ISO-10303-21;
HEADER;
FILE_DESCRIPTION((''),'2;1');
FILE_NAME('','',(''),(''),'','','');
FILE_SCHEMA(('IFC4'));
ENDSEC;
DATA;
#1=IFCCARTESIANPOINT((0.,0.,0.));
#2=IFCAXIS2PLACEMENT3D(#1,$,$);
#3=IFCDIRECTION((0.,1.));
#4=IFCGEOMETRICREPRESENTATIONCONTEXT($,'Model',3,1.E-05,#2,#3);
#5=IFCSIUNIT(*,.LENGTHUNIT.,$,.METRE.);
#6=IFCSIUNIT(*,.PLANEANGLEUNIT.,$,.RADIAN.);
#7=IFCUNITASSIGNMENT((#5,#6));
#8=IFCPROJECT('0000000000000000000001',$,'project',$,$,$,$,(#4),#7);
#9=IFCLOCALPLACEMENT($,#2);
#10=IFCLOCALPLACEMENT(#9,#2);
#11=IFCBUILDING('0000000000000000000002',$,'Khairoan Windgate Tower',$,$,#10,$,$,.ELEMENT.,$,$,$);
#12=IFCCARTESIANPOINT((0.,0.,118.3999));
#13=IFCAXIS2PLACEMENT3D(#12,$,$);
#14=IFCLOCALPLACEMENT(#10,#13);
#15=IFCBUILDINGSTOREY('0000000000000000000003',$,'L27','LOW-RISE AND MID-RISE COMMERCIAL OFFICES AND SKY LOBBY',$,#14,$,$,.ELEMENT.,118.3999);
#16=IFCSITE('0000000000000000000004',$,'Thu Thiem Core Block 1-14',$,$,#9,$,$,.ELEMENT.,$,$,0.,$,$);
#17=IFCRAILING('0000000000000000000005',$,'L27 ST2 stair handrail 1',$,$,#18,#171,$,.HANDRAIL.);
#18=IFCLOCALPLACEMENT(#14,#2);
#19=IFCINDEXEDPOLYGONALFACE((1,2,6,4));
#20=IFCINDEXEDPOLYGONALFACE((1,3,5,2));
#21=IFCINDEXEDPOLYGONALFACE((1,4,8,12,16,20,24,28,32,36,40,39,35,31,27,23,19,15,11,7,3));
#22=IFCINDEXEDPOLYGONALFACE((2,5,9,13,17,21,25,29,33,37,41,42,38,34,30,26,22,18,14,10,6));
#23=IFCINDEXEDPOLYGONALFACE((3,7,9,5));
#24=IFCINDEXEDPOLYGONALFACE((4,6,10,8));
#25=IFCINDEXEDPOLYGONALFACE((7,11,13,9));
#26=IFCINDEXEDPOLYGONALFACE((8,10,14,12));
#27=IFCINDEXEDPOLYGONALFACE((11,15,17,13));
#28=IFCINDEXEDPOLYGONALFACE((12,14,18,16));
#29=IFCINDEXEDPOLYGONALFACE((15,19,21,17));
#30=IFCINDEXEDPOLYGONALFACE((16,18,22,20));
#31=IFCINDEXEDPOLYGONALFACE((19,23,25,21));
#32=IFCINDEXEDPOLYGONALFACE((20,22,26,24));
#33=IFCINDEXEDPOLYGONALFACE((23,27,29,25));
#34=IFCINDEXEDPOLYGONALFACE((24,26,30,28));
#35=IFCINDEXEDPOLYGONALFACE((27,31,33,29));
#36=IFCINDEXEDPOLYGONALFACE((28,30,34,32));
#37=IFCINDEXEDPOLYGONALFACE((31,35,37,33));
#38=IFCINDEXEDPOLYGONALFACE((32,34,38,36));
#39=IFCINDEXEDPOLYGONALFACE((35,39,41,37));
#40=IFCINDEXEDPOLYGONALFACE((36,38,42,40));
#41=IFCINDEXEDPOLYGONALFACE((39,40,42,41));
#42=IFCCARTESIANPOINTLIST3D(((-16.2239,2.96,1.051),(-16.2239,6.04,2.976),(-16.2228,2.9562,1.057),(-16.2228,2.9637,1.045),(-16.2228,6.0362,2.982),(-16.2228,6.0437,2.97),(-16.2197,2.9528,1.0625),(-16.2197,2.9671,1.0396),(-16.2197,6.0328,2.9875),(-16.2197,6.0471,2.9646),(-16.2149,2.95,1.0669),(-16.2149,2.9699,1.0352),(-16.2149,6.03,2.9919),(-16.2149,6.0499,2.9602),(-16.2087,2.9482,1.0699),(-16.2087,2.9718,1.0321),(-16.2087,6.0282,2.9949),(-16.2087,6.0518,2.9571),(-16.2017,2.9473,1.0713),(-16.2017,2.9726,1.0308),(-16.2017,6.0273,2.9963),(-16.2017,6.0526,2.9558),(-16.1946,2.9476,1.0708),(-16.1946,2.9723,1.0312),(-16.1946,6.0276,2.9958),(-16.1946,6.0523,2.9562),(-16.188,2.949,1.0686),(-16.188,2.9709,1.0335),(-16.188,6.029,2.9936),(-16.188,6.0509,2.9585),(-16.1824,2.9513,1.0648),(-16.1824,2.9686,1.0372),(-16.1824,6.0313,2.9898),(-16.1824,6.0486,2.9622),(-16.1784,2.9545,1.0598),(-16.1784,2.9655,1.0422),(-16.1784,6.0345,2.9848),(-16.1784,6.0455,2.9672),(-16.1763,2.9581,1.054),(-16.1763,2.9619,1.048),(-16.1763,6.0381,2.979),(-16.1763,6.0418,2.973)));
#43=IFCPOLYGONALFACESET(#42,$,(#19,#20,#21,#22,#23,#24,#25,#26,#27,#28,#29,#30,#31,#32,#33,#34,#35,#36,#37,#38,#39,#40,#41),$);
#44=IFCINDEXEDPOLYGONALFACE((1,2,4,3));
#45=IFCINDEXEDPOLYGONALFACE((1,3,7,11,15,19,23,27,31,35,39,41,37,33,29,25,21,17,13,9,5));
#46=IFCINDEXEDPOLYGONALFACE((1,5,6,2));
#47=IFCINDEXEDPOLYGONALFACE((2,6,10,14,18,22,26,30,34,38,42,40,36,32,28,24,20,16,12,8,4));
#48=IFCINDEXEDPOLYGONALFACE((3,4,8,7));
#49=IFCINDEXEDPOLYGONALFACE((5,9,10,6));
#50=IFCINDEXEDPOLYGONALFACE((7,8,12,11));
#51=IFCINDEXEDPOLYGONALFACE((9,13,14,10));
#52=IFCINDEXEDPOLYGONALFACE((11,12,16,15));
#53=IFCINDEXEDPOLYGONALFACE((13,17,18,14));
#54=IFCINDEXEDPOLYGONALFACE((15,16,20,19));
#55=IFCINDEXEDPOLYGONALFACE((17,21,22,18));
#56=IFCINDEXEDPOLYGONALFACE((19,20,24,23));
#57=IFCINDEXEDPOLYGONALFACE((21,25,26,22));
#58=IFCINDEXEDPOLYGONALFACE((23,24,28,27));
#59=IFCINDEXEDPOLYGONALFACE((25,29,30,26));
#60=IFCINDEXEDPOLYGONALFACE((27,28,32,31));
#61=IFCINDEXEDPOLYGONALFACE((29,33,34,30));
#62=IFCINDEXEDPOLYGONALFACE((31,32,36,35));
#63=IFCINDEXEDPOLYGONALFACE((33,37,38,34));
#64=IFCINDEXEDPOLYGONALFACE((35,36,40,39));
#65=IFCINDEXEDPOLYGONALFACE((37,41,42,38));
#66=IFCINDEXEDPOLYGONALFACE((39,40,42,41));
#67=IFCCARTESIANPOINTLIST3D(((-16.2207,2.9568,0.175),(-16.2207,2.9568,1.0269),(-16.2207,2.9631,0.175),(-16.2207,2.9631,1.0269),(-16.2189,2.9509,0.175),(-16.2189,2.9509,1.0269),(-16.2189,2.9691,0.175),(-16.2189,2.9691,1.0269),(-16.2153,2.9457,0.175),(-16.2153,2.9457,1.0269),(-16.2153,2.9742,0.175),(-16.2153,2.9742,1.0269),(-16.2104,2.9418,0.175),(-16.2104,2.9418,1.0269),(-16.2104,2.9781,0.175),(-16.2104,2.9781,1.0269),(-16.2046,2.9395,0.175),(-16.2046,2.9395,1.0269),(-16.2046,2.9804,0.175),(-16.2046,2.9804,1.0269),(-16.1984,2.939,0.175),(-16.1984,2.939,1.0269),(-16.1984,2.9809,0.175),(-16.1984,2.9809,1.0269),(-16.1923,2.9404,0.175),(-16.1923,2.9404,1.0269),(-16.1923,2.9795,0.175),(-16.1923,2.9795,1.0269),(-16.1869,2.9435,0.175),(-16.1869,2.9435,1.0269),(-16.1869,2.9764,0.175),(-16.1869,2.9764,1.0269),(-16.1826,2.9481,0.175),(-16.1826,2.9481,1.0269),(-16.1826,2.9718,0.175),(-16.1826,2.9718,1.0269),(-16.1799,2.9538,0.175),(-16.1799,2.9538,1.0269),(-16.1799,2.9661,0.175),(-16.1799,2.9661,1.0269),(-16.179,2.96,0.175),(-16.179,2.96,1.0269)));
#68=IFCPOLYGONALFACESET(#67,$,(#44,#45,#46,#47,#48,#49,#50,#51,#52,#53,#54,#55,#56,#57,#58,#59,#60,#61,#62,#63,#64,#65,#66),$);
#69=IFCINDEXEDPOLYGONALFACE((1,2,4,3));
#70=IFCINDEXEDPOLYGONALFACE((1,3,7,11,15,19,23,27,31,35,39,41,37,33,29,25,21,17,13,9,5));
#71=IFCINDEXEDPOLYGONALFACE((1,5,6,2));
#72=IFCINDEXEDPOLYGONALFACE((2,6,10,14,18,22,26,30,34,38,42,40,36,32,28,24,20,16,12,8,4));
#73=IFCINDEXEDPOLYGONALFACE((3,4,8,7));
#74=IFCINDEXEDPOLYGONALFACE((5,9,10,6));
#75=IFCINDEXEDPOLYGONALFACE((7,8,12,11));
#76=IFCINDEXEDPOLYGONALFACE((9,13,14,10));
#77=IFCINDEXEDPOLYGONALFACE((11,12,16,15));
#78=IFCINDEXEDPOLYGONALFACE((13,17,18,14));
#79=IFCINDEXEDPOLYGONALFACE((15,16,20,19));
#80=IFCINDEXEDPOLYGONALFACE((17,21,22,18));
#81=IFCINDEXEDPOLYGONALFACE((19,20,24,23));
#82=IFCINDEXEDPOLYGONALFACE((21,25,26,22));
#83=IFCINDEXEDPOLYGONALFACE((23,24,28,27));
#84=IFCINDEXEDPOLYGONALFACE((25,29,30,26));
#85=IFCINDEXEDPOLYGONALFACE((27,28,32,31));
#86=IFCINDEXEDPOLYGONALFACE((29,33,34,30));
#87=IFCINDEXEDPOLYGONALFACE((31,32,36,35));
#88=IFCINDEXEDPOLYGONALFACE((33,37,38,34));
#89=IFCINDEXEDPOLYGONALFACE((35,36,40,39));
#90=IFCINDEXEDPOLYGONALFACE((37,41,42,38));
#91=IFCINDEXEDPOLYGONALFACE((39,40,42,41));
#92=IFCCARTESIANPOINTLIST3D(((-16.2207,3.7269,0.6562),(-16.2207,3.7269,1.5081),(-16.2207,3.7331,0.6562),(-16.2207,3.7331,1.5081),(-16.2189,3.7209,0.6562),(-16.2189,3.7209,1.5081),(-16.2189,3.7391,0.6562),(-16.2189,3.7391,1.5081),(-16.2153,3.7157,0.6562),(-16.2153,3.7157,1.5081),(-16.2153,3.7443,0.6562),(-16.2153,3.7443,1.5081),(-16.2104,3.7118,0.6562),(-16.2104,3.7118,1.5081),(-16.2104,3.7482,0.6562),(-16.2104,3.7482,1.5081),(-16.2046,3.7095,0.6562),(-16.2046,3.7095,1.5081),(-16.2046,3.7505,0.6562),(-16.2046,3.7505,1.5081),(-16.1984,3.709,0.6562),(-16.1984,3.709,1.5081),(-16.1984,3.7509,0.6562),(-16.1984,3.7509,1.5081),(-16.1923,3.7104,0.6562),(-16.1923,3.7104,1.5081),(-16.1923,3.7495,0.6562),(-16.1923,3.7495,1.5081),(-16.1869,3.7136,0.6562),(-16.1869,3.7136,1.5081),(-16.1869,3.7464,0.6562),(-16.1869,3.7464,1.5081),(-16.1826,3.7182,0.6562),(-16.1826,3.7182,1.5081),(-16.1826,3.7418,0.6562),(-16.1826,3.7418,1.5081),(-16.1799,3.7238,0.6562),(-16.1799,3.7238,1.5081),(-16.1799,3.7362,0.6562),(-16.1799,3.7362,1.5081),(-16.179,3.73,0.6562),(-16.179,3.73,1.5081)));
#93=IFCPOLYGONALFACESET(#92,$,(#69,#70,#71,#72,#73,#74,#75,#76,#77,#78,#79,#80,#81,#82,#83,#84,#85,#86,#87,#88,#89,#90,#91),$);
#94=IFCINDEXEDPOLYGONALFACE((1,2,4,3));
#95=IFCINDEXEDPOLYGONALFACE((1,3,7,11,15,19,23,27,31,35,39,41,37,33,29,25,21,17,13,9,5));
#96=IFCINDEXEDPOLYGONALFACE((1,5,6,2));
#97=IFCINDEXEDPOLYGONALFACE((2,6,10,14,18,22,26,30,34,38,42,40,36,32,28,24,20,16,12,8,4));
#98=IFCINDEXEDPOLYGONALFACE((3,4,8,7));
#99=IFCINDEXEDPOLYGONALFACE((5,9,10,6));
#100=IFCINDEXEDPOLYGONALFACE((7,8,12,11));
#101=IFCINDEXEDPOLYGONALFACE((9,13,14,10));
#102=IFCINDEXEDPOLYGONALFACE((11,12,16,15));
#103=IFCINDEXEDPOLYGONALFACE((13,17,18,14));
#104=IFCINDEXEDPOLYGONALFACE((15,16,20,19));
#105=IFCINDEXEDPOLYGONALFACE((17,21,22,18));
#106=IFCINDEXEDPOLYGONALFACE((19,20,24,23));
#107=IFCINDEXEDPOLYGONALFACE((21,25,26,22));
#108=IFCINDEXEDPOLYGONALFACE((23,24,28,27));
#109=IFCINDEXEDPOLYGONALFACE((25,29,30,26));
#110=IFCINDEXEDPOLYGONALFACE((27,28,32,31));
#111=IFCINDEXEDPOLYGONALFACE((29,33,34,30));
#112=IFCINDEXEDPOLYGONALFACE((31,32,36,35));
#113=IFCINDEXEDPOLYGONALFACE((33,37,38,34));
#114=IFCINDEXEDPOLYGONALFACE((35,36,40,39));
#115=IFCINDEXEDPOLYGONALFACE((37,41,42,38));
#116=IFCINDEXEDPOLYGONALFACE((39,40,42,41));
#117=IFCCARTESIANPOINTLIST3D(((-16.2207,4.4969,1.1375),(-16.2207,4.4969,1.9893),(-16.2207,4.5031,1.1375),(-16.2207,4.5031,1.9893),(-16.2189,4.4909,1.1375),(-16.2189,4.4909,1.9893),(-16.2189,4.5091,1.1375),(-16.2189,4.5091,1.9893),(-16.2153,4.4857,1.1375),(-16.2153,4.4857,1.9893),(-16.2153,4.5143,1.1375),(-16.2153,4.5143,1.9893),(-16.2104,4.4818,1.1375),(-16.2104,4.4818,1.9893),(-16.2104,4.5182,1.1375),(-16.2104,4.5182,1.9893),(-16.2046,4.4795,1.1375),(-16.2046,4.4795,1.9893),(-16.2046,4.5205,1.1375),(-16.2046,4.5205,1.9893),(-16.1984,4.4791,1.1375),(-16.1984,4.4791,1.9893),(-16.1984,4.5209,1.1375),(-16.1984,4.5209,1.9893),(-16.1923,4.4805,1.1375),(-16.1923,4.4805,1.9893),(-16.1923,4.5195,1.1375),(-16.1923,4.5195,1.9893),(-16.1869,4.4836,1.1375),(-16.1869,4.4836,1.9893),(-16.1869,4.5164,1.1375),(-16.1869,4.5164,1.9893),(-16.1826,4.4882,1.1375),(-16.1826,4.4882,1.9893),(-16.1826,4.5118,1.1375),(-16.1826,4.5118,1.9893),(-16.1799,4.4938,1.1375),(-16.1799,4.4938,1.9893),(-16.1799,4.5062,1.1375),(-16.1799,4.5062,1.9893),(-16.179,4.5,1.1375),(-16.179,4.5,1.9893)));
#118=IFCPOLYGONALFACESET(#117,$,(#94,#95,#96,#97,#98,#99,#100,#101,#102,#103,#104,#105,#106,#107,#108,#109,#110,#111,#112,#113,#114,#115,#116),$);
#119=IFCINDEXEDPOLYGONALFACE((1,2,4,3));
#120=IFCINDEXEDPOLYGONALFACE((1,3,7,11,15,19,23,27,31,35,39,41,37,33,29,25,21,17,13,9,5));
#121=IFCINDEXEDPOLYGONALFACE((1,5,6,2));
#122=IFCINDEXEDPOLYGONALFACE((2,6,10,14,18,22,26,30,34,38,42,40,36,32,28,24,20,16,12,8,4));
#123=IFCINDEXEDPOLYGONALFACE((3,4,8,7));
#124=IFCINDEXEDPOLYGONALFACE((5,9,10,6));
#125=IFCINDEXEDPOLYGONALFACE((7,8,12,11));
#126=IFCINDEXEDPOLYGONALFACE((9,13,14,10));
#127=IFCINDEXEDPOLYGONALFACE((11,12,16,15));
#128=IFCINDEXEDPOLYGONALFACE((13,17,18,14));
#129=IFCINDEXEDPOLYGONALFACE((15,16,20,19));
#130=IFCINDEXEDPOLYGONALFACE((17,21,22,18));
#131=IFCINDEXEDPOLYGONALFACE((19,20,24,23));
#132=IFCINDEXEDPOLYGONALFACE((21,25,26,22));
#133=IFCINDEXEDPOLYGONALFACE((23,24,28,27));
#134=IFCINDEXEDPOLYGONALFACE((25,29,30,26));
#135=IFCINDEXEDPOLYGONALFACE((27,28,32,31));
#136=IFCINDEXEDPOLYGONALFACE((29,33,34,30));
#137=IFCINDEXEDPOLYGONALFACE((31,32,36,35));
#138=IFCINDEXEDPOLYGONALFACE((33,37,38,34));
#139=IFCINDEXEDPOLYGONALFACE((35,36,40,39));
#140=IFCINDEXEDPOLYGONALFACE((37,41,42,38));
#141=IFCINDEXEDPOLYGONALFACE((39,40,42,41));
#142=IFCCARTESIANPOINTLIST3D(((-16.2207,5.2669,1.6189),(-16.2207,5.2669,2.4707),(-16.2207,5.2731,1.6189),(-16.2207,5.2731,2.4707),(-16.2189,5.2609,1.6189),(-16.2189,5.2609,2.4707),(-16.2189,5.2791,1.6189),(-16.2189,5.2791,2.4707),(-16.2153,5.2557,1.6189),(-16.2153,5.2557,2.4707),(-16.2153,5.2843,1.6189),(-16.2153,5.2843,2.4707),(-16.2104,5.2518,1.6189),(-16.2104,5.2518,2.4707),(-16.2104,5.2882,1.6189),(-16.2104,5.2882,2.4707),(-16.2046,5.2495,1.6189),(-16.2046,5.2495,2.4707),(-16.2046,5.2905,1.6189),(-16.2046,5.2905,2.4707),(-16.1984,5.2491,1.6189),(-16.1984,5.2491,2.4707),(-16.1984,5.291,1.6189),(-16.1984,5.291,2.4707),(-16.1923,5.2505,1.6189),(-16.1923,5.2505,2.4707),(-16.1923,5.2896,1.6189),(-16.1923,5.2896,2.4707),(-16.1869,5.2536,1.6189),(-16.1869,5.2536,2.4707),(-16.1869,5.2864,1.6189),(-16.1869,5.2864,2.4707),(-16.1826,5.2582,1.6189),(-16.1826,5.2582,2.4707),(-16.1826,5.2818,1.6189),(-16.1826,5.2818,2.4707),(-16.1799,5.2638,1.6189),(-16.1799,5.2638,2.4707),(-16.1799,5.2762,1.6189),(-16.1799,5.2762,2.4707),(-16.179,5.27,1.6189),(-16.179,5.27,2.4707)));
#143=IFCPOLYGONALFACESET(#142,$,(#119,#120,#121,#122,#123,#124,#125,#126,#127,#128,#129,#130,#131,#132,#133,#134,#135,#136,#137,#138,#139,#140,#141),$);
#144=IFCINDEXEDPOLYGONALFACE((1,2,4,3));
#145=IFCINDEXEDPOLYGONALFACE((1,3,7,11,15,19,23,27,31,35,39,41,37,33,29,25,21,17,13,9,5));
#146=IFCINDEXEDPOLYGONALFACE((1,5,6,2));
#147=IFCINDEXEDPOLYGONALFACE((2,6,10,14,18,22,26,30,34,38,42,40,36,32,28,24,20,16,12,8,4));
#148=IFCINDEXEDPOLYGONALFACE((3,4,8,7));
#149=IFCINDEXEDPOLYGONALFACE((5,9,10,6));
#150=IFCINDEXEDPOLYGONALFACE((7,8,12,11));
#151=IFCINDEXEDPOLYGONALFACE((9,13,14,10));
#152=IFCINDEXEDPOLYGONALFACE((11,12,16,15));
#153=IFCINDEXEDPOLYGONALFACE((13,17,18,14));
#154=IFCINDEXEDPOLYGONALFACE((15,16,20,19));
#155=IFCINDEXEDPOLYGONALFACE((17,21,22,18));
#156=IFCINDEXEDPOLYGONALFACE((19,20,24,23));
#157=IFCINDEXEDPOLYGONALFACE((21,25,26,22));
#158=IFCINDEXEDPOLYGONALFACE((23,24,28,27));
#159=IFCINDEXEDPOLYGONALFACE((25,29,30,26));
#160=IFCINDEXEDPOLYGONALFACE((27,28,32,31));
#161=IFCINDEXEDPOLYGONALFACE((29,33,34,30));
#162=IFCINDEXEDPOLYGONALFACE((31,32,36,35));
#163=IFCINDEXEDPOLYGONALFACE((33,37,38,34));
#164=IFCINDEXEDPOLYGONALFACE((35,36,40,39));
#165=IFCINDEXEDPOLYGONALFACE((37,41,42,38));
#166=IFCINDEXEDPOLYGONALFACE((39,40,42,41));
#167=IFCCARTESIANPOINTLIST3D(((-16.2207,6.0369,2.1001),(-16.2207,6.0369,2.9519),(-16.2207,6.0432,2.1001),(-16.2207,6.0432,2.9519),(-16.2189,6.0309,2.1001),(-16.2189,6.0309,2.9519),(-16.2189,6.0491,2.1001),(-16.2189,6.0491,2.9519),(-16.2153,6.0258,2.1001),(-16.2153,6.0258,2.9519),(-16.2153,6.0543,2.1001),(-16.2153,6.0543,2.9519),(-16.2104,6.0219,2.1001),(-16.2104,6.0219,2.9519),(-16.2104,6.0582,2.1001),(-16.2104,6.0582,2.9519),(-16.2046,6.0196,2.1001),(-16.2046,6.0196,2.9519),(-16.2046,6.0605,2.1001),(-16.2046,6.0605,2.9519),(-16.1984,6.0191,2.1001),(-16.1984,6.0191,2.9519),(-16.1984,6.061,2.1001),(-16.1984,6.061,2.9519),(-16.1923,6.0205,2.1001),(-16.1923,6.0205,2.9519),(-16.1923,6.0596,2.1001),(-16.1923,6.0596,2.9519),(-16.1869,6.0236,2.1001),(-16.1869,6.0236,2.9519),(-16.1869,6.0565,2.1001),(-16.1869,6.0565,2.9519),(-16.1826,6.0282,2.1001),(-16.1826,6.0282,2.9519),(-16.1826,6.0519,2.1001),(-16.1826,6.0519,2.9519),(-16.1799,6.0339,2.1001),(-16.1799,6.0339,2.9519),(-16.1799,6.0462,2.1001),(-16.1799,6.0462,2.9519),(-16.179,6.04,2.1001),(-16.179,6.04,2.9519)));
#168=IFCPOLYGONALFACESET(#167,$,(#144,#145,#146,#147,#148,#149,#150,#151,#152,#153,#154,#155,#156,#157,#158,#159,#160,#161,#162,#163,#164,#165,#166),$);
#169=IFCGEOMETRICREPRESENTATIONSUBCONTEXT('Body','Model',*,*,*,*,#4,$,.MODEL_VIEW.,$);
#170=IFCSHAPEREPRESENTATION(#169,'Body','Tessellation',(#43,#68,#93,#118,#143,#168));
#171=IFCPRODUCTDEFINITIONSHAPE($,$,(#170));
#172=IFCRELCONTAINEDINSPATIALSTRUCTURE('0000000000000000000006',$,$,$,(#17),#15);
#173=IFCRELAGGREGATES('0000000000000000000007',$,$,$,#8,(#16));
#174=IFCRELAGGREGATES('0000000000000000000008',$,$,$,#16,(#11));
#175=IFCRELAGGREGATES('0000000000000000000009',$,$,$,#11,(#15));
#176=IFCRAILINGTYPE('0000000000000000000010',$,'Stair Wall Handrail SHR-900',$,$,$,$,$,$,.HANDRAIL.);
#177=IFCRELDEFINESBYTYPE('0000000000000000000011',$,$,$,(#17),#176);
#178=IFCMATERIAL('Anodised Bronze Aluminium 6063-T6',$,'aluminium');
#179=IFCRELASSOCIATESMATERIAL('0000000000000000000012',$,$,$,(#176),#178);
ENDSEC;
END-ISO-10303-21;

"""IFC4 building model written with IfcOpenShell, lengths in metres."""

from ifc_helpers import new_model, si_unit, direction, frame, origin, origin_2d, place, context, subcontext, project, spatial, circle, extrude, material, type_object, element, save


model = new_model("IFC4")

# Units and contexts
model_context = context("Model", 3, precision=1e-05, world=origin(), true_north=direction((0.0, 1.0)))
body_context = subcontext(model_context, "Body", "Model", "MODEL_VIEW")
ifc_project = project(units=[si_unit("LENGTHUNIT", "METRE"), si_unit("PLANEANGLEUNIT", "RADIAN")], contexts=[model_context])

# Site, building, storey
site_placement = place(None, origin())
site = spatial("IfcSite", under=ifc_project, at=site_placement, Name="Thu Thiem Core Block 1-14", CompositionType="ELEMENT", RefElevation=0.0)
building_placement = place(site_placement, origin())
building = spatial("IfcBuilding", under=site, at=building_placement, Name="Khairoan Windgate Tower", CompositionType="ELEMENT")
storey_placement = place(building_placement, frame((0.0, 0.0, 118.3999)))
storey = spatial("IfcBuildingStorey", under=building, at=storey_placement, Name="L27", Description="LOW-RISE AND MID-RISE COMMERCIAL OFFICES AND SKY LOBBY", CompositionType="ELEMENT", Elevation=118.3999)

# Railing
ifc_material_1 = material(Name="Anodised Bronze Aluminium 6063-T6", Category="aluminium")
railing_type_1 = type_object("IfcRailingType", Name="Stair Wall Handrail SHR-900", PredefinedType="HANDRAIL", material=ifc_material_1)
railing_1_placement = place(storey_placement, frame((-16.2, 2.96, 0.175)))
element("IfcRailing", 1, at=railing_1_placement, inside=storey, type_object=railing_type_1, Name="L27 ST2 stair handrail 1", PredefinedType="HANDRAIL", context=body_context, shape_type="SweptSolid", body=[
    extrude(circle(Radius=0.0239, at=origin_2d()), frame((0.0, 0.0, 0.876), z_axis=(0.0, 0.847998, 0.529999), x_axis=(-1.0, 0.0, 0.0)), (0.0, 0.0, 1.0), 3.6321),
    extrude(circle(Radius=0.021, at=origin_2d()), origin(), (0.0, 0.0, 1.0), 0.8518),
    extrude(circle(Radius=0.021, at=origin_2d()), frame((0.0, 0.77, 0.4812)), (0.0, 0.0, 1.0), 0.8518),
    extrude(circle(Radius=0.021, at=origin_2d()), frame((0.0, 1.54, 0.9624)), (0.0, 0.0, 1.0), 0.8518),
    extrude(circle(Radius=0.021, at=origin_2d()), frame((0.0, 2.3101, 1.4438)), (0.0, 0.0, 1.0), 0.8518),
    extrude(circle(Radius=0.021, at=origin_2d()), frame((0.0, 3.0801, 1.925)), (0.0, 0.0, 1.0), 0.8518),
])

save(model, "model.ifc")
